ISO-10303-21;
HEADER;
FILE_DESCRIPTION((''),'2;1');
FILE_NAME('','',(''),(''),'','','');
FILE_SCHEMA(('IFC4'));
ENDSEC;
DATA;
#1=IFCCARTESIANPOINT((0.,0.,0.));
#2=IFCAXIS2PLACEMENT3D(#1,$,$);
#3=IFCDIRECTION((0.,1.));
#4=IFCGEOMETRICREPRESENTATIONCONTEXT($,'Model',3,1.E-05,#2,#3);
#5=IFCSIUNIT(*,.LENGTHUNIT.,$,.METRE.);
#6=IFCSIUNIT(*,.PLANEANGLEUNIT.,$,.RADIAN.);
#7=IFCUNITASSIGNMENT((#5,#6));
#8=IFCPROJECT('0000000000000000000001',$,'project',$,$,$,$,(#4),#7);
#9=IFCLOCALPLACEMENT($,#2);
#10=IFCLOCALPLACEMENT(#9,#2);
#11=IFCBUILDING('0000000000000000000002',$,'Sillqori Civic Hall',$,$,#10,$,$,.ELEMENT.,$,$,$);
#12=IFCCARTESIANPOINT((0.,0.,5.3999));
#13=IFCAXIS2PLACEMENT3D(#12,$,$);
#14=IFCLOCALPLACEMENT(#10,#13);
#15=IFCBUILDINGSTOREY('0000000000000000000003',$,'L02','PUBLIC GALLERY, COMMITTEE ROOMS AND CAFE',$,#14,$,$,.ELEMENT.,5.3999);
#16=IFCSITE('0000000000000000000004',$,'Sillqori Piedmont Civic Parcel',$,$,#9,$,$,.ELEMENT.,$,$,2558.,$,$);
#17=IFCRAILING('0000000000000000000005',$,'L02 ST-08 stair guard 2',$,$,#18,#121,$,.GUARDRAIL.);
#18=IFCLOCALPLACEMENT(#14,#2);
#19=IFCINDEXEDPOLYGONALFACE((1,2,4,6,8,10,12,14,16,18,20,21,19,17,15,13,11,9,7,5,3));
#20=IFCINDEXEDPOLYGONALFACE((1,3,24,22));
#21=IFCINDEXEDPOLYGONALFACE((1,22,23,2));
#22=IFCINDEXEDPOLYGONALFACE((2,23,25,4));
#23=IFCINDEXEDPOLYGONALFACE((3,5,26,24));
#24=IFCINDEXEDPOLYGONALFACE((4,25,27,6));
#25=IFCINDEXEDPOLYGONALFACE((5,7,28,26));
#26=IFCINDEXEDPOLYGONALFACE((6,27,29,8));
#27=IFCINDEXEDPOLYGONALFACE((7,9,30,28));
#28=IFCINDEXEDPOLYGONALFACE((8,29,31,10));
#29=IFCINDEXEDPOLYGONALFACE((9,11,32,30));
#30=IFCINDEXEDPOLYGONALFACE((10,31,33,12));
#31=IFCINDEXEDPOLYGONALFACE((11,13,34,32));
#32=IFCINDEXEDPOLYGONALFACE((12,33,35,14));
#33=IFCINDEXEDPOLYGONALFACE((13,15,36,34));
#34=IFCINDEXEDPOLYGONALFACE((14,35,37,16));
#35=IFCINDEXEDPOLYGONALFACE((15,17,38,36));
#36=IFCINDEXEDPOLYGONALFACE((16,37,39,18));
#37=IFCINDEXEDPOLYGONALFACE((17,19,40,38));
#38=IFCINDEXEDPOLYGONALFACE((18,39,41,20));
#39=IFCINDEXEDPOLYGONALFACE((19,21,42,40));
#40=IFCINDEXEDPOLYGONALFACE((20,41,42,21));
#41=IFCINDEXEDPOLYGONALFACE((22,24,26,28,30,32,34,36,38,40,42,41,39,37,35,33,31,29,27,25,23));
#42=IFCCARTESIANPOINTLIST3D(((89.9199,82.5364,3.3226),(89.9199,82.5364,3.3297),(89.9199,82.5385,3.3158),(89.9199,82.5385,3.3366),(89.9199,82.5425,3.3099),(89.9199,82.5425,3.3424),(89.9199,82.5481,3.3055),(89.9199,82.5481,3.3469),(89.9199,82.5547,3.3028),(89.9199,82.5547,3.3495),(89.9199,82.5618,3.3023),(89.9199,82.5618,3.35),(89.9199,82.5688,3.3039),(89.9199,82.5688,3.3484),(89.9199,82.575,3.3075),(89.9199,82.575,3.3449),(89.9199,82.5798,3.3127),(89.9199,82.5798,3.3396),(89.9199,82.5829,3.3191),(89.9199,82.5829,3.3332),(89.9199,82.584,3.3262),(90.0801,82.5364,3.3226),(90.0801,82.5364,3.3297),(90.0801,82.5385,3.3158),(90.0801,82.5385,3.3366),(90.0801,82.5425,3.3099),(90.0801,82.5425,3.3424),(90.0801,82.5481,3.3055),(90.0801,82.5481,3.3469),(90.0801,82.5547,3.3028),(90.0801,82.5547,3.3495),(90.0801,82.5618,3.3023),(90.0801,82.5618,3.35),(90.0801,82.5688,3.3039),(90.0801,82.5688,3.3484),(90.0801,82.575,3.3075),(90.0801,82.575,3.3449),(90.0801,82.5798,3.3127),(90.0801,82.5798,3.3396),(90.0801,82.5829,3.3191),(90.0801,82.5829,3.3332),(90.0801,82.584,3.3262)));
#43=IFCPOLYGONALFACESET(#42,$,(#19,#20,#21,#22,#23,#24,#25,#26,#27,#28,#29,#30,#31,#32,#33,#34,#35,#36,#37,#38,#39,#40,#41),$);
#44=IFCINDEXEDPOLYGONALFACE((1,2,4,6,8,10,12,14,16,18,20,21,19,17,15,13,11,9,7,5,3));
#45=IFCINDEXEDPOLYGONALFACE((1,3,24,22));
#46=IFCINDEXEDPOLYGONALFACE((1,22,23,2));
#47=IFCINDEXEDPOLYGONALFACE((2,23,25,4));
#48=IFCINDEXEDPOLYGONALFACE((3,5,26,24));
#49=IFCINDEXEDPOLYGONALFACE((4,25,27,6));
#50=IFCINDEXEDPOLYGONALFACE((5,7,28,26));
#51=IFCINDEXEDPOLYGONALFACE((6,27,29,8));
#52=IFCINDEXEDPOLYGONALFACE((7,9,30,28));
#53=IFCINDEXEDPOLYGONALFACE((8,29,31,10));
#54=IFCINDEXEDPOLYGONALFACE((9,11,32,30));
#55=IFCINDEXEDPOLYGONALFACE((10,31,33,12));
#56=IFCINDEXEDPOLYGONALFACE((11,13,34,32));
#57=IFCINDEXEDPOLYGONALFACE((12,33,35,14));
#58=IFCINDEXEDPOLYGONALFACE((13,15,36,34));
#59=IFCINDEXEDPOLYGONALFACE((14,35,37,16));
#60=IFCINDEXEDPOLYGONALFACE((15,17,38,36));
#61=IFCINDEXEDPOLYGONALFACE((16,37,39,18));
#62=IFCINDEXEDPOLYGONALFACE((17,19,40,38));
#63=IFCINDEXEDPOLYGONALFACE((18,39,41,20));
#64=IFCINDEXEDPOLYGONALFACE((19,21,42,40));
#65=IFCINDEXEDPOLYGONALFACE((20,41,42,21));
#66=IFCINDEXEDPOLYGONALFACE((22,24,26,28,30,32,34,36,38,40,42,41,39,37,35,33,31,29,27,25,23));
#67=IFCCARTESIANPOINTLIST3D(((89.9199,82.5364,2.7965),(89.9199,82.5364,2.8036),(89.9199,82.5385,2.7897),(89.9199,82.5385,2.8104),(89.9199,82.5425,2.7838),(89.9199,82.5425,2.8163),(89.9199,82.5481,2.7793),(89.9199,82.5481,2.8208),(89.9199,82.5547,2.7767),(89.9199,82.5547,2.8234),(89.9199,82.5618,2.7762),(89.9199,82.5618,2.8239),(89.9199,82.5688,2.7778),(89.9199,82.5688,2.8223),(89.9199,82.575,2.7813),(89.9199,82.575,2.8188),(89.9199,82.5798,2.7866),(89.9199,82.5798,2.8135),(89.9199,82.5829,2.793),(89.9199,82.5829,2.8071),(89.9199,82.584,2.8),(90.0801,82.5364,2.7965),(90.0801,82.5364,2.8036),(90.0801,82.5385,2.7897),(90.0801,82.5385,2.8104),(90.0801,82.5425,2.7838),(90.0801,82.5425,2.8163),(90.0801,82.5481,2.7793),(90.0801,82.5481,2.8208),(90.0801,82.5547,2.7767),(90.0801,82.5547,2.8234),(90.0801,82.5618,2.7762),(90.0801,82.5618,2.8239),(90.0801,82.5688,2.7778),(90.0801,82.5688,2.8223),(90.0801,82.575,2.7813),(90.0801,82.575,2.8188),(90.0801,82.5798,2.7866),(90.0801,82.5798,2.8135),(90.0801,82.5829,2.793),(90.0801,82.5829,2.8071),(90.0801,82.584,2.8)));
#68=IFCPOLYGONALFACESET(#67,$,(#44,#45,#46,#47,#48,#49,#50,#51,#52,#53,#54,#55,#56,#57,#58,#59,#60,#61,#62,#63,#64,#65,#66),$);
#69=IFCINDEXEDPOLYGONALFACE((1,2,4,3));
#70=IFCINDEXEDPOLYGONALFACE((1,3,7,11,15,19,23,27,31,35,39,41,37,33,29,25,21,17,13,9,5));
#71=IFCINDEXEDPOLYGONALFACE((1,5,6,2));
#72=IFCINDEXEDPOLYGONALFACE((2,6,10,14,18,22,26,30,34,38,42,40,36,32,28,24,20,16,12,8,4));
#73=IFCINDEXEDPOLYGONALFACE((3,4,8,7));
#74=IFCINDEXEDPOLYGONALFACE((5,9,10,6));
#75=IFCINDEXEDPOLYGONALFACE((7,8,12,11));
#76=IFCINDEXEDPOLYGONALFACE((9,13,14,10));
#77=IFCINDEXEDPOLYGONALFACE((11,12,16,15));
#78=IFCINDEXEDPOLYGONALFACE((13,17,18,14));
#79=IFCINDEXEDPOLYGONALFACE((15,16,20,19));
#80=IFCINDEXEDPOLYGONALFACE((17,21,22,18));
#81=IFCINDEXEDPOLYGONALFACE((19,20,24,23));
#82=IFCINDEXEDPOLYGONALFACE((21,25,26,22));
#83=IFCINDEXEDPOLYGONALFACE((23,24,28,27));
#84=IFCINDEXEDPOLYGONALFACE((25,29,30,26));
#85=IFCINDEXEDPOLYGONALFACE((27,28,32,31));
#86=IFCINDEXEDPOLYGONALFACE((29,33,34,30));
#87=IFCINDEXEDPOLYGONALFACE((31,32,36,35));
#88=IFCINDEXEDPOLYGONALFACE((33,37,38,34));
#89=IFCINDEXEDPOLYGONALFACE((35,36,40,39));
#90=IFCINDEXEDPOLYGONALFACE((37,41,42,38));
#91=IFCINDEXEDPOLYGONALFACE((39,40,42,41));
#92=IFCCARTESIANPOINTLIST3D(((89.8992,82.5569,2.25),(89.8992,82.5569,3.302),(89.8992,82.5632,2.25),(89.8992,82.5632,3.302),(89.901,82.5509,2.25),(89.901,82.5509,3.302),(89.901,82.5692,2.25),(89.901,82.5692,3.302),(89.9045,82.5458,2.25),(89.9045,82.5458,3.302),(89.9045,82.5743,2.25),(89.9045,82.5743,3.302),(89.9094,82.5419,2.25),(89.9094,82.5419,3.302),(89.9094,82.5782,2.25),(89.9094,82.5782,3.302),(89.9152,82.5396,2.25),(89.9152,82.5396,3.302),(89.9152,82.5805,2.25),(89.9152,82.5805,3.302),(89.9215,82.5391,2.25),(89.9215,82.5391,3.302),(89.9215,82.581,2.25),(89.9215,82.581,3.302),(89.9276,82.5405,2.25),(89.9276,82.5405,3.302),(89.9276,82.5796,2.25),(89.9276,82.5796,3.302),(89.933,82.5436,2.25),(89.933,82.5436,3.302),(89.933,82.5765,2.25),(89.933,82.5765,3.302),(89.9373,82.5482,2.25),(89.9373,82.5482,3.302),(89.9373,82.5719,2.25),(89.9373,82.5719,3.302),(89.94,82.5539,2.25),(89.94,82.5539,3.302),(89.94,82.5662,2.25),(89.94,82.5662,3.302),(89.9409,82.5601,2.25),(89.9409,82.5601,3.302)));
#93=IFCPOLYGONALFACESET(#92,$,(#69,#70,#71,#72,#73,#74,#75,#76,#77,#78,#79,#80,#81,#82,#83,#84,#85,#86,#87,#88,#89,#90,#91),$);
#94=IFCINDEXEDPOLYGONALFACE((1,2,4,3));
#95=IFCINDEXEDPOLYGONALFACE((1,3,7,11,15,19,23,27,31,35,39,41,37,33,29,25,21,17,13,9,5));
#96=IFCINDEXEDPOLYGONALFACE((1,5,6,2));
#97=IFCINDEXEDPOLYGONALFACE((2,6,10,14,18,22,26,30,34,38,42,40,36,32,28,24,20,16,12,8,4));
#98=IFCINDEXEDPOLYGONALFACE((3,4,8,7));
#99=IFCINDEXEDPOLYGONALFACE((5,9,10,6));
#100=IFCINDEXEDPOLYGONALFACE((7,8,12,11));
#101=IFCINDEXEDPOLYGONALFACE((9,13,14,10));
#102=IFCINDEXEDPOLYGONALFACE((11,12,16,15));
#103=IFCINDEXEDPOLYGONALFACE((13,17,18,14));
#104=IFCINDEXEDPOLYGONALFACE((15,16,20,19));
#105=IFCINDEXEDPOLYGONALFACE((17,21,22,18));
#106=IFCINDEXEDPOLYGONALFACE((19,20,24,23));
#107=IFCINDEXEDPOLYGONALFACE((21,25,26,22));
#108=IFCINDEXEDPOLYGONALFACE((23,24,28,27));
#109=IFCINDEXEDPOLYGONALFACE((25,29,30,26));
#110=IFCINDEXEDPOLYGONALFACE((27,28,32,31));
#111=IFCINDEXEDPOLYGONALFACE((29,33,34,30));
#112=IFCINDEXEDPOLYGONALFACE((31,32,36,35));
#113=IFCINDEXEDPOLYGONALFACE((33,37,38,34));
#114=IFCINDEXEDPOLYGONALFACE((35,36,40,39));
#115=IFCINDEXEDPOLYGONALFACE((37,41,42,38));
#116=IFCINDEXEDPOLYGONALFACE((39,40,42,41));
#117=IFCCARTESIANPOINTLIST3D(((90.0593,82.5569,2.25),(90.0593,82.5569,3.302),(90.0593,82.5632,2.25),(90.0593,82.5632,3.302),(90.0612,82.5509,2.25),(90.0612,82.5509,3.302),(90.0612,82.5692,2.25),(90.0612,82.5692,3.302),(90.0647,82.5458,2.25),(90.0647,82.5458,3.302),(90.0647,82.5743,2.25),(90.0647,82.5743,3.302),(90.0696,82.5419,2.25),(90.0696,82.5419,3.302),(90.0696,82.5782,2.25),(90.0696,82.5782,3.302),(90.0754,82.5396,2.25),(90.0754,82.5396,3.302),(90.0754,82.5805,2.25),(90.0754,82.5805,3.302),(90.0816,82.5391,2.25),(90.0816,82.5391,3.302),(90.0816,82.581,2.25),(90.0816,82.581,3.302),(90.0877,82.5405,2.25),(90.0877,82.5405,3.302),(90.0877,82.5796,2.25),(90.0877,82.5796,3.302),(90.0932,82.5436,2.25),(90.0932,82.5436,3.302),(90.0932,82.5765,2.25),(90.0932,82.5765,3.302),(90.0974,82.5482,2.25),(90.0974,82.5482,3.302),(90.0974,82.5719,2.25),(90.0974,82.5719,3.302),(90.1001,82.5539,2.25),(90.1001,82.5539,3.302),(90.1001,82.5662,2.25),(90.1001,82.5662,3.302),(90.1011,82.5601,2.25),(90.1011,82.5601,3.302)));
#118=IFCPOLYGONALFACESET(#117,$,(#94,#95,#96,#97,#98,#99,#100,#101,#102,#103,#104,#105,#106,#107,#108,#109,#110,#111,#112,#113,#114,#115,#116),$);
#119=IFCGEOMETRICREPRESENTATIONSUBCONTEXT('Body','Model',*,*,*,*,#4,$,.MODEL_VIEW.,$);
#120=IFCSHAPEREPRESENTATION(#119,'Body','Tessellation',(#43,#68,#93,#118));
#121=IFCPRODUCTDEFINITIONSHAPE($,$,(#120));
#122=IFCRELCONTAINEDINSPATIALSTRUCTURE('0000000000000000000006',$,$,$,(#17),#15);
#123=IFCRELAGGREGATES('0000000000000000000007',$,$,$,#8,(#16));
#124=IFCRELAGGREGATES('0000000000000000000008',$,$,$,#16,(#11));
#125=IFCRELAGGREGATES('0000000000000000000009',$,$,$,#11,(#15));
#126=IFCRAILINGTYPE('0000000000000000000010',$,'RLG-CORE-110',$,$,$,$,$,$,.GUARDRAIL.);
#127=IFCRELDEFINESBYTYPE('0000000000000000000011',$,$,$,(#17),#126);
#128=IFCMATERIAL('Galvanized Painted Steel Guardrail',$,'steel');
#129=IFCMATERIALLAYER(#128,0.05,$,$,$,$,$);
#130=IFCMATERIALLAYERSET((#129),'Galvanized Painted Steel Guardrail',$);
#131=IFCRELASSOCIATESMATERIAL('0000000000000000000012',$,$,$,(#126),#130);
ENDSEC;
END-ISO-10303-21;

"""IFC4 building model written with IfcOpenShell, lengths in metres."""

from ifc_helpers import new_model, si_unit, direction, frame, origin, origin_2d, place, context, subcontext, project, spatial, circle, extrude, material, layer, layer_set, type_object, element, save


model = new_model("IFC4")

# Units and contexts
model_context = context("Model", 3, precision=1e-05, world=origin(), true_north=direction((0.0, 1.0)))
body_context = subcontext(model_context, "Body", "Model", "MODEL_VIEW")
ifc_project = project(units=[si_unit("LENGTHUNIT", "METRE"), si_unit("PLANEANGLEUNIT", "RADIAN")], contexts=[model_context])

# Site, building, storey
site_placement = place(None, origin())
site = spatial("IfcSite", under=ifc_project, at=site_placement, Name="Sillqori Piedmont Civic Parcel", CompositionType="ELEMENT", RefElevation=2558.0)
building_placement = place(site_placement, origin())
building = spatial("IfcBuilding", under=site, at=building_placement, Name="Sillqori Civic Hall", CompositionType="ELEMENT")
storey_placement = place(building_placement, frame((0.0, 0.0, 5.3999)))
storey = spatial("IfcBuildingStorey", under=building, at=storey_placement, Name="L02", Description="PUBLIC GALLERY, COMMITTEE ROOMS AND CAFE", CompositionType="ELEMENT", Elevation=5.3999)

# Railing
ifc_material_1 = material(Name="Galvanized Painted Steel Guardrail", Category="steel")
ifc_layer_1 = layer(ifc_material_1, 0.05)
ifc_layer_set_1 = layer_set([ifc_layer_1], Name="Galvanized Painted Steel Guardrail")
railing_type_1 = type_object("IfcRailingType", Name="RLG-CORE-110", PredefinedType="GUARDRAIL", material=ifc_layer_set_1)
railing_1_placement = place(storey_placement, frame((89.9199, 82.5601, 2.25)))
element("IfcRailing", 1, at=railing_1_placement, inside=storey, type_object=railing_type_1, Name="L02 ST-08 stair guard 2", PredefinedType="GUARDRAIL", context=body_context, shape_type="SweptSolid", body=[
    extrude(circle(Radius=0.0239, at=origin_2d()), frame((0.0, 0.0, 1.0762), z_axis=(1.0, 0.0, 0.0), x_axis=(0.0, 1.0, 0.0)), (0.0, 0.0, 1.0), 0.1602),
    extrude(circle(Radius=0.0239, at=origin_2d()), frame((0.0, 0.0, 0.55), z_axis=(1.0, 0.0, 0.0), x_axis=(0.0, 1.0, 0.0)), (0.0, 0.0, 1.0), 0.1602),
    extrude(circle(Radius=0.021, at=origin_2d()), origin(), (0.0, 0.0, 1.0), 1.052),
    extrude(circle(Radius=0.021, at=origin_2d()), frame((0.1602, 0.0, 0.0)), (0.0, 0.0, 1.0), 1.052),
])

save(model, "model.ifc")
